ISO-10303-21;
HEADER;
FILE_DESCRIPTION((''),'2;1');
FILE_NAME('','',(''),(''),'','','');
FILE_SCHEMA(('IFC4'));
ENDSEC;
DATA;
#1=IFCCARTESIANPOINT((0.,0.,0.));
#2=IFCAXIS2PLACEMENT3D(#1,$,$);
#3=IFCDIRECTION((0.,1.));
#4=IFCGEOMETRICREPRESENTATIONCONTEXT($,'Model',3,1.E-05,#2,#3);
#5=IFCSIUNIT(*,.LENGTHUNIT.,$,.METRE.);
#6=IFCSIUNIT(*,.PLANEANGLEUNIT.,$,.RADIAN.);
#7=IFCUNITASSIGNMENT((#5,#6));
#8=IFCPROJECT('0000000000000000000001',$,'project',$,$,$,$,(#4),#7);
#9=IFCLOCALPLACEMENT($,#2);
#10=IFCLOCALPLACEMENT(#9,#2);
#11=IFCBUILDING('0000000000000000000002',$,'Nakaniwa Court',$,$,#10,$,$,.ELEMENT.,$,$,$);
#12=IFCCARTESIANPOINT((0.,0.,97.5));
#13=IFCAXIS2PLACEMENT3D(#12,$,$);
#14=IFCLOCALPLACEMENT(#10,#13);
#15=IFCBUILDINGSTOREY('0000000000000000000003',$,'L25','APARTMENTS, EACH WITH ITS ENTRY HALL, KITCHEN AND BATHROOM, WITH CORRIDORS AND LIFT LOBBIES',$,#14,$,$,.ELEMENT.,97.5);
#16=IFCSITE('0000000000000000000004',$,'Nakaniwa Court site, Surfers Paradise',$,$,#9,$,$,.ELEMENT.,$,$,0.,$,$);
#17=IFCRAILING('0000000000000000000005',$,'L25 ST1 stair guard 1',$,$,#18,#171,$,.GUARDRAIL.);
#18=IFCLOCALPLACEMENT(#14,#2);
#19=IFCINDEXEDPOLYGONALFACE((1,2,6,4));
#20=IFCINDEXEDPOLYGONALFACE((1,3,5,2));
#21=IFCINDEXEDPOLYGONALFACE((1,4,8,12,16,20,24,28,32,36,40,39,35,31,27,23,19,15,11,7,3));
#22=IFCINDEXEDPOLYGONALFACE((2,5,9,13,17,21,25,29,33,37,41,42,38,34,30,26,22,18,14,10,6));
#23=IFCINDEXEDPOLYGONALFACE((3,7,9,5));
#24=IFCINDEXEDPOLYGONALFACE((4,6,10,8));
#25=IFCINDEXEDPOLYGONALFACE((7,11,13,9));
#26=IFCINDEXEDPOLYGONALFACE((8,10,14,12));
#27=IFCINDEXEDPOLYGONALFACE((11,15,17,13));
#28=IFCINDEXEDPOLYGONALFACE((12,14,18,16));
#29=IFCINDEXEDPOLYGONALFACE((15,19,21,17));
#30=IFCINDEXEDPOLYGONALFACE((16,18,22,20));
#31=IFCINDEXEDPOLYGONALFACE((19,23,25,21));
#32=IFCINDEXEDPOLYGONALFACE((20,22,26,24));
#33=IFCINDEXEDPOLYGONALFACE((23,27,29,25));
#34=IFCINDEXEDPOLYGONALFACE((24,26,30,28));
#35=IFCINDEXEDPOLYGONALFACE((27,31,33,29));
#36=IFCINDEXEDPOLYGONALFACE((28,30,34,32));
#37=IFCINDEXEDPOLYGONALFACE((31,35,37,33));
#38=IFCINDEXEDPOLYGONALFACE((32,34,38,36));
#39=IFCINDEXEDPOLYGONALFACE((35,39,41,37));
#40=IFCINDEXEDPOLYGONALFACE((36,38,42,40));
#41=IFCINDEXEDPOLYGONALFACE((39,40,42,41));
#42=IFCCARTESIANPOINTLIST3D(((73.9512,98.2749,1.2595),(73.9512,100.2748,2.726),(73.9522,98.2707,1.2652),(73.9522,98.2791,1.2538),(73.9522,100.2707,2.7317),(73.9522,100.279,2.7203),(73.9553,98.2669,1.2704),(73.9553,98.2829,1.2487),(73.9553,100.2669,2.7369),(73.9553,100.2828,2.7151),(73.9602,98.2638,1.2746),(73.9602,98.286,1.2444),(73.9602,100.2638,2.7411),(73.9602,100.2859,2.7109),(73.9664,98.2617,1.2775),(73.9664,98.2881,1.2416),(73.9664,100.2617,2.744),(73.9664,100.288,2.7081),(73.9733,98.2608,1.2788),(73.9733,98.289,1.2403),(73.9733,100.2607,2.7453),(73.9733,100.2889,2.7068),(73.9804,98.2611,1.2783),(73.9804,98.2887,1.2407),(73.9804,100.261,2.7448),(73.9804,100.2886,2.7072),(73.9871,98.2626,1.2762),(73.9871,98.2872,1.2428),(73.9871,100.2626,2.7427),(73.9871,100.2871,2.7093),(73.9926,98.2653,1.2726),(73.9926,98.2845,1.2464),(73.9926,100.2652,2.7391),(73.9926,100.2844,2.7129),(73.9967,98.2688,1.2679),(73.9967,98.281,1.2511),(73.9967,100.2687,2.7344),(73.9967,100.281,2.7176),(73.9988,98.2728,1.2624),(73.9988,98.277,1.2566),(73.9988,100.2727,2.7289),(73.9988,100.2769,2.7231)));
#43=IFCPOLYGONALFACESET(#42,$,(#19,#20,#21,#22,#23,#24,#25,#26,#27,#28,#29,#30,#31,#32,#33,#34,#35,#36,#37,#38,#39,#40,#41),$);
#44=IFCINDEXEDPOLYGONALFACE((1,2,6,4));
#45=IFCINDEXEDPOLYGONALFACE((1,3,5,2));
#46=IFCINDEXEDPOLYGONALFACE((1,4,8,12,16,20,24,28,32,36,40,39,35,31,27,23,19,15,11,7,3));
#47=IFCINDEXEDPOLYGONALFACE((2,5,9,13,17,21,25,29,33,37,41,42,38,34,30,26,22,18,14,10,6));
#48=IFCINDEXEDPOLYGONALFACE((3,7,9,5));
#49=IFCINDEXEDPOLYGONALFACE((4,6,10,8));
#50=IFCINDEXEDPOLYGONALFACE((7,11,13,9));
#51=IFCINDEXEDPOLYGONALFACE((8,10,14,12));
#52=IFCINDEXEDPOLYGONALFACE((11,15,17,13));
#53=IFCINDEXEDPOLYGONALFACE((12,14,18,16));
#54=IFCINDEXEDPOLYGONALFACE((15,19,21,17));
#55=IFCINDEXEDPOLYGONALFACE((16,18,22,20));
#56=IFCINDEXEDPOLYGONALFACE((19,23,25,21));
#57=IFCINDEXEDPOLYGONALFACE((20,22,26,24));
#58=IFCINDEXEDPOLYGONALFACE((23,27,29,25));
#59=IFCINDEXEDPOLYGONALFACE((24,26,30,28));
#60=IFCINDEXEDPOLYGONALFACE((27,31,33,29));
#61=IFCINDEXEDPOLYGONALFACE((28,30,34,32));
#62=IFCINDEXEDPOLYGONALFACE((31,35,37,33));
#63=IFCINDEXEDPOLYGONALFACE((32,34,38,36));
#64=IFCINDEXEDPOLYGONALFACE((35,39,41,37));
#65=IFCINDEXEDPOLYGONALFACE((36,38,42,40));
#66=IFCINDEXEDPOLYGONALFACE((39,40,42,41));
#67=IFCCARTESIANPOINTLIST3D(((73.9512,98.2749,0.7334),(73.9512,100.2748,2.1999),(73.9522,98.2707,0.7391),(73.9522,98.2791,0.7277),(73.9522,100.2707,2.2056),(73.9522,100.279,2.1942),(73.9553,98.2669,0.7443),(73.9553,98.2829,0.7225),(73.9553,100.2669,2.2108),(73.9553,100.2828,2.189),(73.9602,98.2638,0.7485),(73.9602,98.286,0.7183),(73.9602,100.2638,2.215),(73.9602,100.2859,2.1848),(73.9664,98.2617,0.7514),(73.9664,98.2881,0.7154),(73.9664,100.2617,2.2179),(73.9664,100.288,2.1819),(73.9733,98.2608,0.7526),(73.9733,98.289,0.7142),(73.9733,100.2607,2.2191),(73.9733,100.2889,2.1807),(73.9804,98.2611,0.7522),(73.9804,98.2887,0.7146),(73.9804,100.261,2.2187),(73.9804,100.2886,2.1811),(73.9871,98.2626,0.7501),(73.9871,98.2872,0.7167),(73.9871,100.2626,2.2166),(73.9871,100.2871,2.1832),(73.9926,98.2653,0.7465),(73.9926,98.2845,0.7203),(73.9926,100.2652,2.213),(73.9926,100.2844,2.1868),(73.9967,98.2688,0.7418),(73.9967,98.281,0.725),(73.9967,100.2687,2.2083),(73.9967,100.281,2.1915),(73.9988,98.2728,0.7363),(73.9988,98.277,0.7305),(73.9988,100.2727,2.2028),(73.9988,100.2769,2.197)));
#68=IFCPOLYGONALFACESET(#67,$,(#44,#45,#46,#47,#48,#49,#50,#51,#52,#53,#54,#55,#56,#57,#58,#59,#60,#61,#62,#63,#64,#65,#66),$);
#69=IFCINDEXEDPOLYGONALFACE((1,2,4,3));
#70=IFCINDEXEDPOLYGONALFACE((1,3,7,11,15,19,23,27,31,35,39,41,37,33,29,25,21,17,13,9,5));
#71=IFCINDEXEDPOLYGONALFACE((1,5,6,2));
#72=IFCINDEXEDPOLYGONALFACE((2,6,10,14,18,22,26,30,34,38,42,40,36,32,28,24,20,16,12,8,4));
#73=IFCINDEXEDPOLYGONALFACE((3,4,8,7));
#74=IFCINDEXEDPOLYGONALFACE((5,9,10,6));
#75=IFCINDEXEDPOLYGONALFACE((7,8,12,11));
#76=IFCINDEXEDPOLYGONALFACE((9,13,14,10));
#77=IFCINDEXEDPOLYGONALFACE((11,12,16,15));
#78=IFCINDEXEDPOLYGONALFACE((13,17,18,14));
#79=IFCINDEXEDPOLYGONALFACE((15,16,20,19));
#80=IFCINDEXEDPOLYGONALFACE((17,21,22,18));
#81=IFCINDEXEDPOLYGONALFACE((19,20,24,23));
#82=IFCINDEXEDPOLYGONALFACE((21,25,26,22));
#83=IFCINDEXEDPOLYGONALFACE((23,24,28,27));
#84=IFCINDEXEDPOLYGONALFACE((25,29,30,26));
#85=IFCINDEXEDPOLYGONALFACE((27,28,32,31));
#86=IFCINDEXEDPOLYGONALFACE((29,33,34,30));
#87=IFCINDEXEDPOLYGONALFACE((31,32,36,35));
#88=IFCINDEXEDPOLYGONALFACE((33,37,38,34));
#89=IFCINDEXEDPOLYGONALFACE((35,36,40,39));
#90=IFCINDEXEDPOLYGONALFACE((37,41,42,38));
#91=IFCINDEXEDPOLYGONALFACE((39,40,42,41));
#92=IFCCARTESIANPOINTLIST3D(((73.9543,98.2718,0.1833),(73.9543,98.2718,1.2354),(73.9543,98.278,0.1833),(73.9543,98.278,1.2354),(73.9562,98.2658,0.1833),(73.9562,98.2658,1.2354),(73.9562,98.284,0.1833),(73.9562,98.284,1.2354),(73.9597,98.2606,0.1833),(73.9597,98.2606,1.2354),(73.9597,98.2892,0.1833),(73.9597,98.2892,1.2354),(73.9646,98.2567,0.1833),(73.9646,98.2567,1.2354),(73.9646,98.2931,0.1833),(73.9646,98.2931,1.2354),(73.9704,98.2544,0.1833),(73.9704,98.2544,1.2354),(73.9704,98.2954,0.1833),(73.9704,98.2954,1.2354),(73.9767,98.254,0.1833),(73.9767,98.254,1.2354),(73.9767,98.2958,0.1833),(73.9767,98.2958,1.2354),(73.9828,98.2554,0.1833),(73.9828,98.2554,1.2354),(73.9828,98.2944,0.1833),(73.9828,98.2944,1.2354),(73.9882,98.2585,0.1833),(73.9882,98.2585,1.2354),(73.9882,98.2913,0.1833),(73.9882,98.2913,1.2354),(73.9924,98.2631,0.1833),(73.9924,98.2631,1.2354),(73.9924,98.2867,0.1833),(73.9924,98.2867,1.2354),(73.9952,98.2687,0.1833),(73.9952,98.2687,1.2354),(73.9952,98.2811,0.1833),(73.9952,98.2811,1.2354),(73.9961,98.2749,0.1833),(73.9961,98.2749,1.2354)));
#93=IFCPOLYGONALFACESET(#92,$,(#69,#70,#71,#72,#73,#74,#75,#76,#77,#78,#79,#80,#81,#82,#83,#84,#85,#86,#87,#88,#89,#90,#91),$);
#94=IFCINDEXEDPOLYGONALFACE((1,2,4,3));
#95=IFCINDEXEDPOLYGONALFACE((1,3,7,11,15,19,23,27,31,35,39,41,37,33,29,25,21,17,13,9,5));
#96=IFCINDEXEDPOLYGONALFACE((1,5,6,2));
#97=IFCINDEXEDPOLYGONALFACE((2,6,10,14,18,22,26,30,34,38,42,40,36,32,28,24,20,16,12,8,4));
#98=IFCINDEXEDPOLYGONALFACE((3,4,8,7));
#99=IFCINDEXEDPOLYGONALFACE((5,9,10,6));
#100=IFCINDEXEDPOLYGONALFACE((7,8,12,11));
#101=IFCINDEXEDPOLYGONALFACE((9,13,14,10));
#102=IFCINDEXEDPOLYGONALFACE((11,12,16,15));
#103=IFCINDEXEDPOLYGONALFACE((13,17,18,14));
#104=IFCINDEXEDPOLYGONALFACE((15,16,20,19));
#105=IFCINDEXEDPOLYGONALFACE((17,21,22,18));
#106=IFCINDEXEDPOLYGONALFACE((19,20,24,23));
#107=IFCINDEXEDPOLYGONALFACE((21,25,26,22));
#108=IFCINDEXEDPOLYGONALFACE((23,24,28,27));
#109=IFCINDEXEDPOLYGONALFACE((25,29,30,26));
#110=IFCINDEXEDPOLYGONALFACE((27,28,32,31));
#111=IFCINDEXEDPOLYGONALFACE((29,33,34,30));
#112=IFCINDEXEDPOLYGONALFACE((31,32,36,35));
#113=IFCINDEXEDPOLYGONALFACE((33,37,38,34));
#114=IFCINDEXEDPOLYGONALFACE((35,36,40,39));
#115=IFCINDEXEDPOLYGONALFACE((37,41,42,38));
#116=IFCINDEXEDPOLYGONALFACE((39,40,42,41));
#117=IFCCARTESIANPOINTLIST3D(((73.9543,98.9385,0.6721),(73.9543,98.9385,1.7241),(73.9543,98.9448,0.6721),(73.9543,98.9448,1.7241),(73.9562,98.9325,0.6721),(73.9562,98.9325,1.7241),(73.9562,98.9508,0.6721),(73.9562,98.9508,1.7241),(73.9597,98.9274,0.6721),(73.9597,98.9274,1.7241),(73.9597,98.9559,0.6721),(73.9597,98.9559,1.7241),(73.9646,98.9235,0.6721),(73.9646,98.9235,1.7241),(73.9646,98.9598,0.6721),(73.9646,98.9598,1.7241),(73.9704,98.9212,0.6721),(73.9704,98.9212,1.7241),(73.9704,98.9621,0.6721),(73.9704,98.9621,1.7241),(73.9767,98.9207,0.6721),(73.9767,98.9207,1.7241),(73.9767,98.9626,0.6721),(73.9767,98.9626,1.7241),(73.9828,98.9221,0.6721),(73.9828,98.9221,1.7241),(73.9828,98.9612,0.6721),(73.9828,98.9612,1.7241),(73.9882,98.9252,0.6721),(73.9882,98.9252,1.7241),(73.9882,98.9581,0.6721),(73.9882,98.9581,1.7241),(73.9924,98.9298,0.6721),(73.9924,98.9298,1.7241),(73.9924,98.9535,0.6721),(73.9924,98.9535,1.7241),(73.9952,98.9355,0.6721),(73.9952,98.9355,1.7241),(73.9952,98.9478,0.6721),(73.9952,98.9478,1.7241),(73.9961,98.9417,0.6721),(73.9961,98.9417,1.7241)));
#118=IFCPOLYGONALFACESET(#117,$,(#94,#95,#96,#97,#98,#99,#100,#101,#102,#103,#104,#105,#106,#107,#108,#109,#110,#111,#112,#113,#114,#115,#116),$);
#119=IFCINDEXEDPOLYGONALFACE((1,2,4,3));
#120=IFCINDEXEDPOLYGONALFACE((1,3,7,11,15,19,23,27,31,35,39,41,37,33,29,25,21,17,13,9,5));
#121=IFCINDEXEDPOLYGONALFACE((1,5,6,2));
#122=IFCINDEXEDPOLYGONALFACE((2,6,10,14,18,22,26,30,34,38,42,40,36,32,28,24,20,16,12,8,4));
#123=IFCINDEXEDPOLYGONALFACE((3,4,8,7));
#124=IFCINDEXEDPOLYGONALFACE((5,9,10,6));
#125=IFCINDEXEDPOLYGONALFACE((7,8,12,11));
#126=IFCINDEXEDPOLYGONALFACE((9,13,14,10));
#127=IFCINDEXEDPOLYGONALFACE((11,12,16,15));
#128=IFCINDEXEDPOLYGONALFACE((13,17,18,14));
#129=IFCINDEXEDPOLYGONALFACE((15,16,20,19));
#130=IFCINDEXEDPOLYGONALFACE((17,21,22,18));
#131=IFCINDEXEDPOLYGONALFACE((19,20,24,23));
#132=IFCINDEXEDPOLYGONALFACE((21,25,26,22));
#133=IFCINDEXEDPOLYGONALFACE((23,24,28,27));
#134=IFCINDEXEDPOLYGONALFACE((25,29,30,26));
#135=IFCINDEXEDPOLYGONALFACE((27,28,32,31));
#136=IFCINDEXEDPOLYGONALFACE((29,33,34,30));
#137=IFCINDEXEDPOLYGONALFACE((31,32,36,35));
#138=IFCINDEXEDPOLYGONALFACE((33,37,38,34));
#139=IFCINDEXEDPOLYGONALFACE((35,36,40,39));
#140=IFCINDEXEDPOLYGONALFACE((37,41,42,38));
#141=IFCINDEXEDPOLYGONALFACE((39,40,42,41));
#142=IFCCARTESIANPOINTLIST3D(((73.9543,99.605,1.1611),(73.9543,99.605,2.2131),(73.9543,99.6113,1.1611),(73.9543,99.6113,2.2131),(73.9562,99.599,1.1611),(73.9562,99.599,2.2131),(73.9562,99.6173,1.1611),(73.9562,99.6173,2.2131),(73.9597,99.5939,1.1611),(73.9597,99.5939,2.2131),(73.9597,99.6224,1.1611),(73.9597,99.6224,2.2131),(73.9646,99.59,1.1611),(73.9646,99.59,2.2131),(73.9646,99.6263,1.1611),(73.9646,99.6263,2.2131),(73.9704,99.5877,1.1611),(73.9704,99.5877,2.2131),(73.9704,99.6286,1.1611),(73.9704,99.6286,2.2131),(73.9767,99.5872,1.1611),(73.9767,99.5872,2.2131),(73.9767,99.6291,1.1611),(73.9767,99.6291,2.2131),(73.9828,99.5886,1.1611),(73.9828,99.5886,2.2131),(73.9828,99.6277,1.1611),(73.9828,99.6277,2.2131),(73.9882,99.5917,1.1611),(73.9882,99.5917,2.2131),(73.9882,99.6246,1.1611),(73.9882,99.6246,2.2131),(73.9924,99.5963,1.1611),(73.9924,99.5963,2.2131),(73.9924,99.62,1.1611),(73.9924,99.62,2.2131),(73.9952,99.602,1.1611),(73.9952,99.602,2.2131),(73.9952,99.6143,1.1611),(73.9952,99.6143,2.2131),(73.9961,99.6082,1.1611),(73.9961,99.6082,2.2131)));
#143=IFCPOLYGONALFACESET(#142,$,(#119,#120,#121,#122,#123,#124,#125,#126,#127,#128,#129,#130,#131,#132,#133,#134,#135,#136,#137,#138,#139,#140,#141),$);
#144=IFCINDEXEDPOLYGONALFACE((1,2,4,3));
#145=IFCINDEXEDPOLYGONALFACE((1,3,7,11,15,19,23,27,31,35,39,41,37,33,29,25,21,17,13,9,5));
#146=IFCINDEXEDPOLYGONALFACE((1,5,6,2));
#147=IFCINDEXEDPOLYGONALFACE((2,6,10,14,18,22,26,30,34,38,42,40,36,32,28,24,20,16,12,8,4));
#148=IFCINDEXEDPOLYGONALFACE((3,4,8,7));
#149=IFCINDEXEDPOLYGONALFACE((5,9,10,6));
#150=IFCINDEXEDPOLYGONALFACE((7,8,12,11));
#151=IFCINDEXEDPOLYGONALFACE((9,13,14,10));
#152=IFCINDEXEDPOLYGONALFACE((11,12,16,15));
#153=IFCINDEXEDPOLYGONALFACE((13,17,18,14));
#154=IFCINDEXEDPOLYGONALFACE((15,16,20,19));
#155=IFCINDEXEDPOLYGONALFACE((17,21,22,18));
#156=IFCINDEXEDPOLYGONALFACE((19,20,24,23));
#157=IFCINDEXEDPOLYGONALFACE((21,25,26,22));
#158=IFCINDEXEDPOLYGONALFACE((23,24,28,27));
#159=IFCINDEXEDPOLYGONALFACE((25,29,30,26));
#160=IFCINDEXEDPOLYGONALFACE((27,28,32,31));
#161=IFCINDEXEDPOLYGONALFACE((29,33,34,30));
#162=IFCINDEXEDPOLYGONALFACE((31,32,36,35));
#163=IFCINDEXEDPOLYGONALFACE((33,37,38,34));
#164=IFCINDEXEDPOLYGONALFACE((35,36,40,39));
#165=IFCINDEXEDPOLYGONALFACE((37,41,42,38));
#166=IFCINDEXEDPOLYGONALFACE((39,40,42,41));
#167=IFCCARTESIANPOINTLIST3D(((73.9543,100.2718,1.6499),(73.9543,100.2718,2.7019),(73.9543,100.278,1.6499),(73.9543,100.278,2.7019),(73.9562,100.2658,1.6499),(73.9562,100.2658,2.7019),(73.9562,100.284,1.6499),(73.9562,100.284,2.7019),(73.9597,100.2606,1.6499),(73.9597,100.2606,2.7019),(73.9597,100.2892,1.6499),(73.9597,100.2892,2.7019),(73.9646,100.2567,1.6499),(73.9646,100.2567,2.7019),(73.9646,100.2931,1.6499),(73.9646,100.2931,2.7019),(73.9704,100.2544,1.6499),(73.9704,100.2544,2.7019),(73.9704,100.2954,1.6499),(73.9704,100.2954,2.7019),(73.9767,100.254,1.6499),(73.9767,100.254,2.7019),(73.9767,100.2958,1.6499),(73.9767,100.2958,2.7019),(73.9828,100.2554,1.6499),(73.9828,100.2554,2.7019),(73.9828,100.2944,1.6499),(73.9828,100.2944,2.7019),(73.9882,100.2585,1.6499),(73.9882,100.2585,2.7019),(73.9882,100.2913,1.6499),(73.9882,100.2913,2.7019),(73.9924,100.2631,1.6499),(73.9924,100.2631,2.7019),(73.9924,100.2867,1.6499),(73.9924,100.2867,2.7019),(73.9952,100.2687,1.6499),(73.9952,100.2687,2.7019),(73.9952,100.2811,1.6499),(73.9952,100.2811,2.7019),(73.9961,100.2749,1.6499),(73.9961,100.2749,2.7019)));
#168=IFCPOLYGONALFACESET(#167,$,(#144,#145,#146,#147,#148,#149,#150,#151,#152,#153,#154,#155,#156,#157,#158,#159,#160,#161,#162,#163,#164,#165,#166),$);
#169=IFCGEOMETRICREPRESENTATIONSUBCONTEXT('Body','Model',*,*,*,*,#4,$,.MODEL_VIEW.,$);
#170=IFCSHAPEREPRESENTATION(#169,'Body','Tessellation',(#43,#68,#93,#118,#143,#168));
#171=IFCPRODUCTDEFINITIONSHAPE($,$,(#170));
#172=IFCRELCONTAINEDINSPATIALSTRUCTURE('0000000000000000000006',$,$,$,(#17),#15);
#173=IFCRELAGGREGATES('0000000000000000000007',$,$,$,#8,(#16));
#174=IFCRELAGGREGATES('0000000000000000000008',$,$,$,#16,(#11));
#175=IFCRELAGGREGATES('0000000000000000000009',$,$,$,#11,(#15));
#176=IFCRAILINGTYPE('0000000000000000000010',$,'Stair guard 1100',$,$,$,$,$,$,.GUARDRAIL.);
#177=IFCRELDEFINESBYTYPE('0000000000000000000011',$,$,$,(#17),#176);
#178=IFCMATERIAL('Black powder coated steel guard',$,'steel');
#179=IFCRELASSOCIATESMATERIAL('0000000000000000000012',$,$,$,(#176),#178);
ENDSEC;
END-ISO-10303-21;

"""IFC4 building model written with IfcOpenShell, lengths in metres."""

from ifc_helpers import new_model, si_unit, direction, frame, origin, origin_2d, place, context, subcontext, project, spatial, circle, extrude, material, type_object, element, save


model = new_model("IFC4")

# Units and contexts
model_context = context("Model", 3, precision=1e-05, world=origin(), true_north=direction((0.0, 1.0)))
body_context = subcontext(model_context, "Body", "Model", "MODEL_VIEW")
ifc_project = project(units=[si_unit("LENGTHUNIT", "METRE"), si_unit("PLANEANGLEUNIT", "RADIAN")], contexts=[model_context])

# Site, building, storey
site_placement = place(None, origin())
site = spatial("IfcSite", under=ifc_project, at=site_placement, Name="Nakaniwa Court site, Surfers Paradise", CompositionType="ELEMENT", RefElevation=0.0)
building_placement = place(site_placement, origin())
building = spatial("IfcBuilding", under=site, at=building_placement, Name="Nakaniwa Court", CompositionType="ELEMENT")
storey_placement = place(building_placement, frame((0.0, 0.0, 97.5)))
storey = spatial("IfcBuildingStorey", under=building, at=storey_placement, Name="L25", Description="APARTMENTS, EACH WITH ITS ENTRY HALL, KITCHEN AND BATHROOM, WITH CORRIDORS AND LIFT LOBBIES", CompositionType="ELEMENT", Elevation=97.5)

# Railing
ifc_material_1 = material(Name="Black powder coated steel guard", Category="steel")
railing_type_1 = type_object("IfcRailingType", Name="Stair guard 1100", PredefinedType="GUARDRAIL", material=ifc_material_1)
railing_1_placement = place(storey_placement, frame((73.9751, 98.2749, 0.1833)))
element("IfcRailing", 1, at=railing_1_placement, inside=storey, type_object=railing_type_1, Name="L25 ST1 stair guard 1", PredefinedType="GUARDRAIL", context=body_context, shape_type="SweptSolid", body=[
    extrude(circle(Radius=0.0239, at=origin_2d()), frame((0.0, 0.0, 1.0762), z_axis=(0.0, 0.806427, 0.591334), x_axis=(-1.0, 0.0, 0.0)), (0.0, 0.0, 1.0), 2.48),
    extrude(circle(Radius=0.0239, at=origin_2d()), frame((0.0, 0.0, 0.55), z_axis=(0.0, 0.806427, 0.591334), x_axis=(-1.0, 0.0, 0.0)), (0.0, 0.0, 1.0), 2.48),
    extrude(circle(Radius=0.021, at=origin_2d()), origin(), (0.0, 0.0, 1.0), 1.052),
    extrude(circle(Radius=0.021, at=origin_2d()), frame((0.0, 0.6667, 0.4888)), (0.0, 0.0, 1.0), 1.052),
    extrude(circle(Radius=0.021, at=origin_2d()), frame((0.0, 1.3333, 0.9778)), (0.0, 0.0, 1.0), 1.052),
    extrude(circle(Radius=0.021, at=origin_2d()), frame((0.0, 2.0, 1.4666)), (0.0, 0.0, 1.0), 1.052),
])

save(model, "model.ifc")
